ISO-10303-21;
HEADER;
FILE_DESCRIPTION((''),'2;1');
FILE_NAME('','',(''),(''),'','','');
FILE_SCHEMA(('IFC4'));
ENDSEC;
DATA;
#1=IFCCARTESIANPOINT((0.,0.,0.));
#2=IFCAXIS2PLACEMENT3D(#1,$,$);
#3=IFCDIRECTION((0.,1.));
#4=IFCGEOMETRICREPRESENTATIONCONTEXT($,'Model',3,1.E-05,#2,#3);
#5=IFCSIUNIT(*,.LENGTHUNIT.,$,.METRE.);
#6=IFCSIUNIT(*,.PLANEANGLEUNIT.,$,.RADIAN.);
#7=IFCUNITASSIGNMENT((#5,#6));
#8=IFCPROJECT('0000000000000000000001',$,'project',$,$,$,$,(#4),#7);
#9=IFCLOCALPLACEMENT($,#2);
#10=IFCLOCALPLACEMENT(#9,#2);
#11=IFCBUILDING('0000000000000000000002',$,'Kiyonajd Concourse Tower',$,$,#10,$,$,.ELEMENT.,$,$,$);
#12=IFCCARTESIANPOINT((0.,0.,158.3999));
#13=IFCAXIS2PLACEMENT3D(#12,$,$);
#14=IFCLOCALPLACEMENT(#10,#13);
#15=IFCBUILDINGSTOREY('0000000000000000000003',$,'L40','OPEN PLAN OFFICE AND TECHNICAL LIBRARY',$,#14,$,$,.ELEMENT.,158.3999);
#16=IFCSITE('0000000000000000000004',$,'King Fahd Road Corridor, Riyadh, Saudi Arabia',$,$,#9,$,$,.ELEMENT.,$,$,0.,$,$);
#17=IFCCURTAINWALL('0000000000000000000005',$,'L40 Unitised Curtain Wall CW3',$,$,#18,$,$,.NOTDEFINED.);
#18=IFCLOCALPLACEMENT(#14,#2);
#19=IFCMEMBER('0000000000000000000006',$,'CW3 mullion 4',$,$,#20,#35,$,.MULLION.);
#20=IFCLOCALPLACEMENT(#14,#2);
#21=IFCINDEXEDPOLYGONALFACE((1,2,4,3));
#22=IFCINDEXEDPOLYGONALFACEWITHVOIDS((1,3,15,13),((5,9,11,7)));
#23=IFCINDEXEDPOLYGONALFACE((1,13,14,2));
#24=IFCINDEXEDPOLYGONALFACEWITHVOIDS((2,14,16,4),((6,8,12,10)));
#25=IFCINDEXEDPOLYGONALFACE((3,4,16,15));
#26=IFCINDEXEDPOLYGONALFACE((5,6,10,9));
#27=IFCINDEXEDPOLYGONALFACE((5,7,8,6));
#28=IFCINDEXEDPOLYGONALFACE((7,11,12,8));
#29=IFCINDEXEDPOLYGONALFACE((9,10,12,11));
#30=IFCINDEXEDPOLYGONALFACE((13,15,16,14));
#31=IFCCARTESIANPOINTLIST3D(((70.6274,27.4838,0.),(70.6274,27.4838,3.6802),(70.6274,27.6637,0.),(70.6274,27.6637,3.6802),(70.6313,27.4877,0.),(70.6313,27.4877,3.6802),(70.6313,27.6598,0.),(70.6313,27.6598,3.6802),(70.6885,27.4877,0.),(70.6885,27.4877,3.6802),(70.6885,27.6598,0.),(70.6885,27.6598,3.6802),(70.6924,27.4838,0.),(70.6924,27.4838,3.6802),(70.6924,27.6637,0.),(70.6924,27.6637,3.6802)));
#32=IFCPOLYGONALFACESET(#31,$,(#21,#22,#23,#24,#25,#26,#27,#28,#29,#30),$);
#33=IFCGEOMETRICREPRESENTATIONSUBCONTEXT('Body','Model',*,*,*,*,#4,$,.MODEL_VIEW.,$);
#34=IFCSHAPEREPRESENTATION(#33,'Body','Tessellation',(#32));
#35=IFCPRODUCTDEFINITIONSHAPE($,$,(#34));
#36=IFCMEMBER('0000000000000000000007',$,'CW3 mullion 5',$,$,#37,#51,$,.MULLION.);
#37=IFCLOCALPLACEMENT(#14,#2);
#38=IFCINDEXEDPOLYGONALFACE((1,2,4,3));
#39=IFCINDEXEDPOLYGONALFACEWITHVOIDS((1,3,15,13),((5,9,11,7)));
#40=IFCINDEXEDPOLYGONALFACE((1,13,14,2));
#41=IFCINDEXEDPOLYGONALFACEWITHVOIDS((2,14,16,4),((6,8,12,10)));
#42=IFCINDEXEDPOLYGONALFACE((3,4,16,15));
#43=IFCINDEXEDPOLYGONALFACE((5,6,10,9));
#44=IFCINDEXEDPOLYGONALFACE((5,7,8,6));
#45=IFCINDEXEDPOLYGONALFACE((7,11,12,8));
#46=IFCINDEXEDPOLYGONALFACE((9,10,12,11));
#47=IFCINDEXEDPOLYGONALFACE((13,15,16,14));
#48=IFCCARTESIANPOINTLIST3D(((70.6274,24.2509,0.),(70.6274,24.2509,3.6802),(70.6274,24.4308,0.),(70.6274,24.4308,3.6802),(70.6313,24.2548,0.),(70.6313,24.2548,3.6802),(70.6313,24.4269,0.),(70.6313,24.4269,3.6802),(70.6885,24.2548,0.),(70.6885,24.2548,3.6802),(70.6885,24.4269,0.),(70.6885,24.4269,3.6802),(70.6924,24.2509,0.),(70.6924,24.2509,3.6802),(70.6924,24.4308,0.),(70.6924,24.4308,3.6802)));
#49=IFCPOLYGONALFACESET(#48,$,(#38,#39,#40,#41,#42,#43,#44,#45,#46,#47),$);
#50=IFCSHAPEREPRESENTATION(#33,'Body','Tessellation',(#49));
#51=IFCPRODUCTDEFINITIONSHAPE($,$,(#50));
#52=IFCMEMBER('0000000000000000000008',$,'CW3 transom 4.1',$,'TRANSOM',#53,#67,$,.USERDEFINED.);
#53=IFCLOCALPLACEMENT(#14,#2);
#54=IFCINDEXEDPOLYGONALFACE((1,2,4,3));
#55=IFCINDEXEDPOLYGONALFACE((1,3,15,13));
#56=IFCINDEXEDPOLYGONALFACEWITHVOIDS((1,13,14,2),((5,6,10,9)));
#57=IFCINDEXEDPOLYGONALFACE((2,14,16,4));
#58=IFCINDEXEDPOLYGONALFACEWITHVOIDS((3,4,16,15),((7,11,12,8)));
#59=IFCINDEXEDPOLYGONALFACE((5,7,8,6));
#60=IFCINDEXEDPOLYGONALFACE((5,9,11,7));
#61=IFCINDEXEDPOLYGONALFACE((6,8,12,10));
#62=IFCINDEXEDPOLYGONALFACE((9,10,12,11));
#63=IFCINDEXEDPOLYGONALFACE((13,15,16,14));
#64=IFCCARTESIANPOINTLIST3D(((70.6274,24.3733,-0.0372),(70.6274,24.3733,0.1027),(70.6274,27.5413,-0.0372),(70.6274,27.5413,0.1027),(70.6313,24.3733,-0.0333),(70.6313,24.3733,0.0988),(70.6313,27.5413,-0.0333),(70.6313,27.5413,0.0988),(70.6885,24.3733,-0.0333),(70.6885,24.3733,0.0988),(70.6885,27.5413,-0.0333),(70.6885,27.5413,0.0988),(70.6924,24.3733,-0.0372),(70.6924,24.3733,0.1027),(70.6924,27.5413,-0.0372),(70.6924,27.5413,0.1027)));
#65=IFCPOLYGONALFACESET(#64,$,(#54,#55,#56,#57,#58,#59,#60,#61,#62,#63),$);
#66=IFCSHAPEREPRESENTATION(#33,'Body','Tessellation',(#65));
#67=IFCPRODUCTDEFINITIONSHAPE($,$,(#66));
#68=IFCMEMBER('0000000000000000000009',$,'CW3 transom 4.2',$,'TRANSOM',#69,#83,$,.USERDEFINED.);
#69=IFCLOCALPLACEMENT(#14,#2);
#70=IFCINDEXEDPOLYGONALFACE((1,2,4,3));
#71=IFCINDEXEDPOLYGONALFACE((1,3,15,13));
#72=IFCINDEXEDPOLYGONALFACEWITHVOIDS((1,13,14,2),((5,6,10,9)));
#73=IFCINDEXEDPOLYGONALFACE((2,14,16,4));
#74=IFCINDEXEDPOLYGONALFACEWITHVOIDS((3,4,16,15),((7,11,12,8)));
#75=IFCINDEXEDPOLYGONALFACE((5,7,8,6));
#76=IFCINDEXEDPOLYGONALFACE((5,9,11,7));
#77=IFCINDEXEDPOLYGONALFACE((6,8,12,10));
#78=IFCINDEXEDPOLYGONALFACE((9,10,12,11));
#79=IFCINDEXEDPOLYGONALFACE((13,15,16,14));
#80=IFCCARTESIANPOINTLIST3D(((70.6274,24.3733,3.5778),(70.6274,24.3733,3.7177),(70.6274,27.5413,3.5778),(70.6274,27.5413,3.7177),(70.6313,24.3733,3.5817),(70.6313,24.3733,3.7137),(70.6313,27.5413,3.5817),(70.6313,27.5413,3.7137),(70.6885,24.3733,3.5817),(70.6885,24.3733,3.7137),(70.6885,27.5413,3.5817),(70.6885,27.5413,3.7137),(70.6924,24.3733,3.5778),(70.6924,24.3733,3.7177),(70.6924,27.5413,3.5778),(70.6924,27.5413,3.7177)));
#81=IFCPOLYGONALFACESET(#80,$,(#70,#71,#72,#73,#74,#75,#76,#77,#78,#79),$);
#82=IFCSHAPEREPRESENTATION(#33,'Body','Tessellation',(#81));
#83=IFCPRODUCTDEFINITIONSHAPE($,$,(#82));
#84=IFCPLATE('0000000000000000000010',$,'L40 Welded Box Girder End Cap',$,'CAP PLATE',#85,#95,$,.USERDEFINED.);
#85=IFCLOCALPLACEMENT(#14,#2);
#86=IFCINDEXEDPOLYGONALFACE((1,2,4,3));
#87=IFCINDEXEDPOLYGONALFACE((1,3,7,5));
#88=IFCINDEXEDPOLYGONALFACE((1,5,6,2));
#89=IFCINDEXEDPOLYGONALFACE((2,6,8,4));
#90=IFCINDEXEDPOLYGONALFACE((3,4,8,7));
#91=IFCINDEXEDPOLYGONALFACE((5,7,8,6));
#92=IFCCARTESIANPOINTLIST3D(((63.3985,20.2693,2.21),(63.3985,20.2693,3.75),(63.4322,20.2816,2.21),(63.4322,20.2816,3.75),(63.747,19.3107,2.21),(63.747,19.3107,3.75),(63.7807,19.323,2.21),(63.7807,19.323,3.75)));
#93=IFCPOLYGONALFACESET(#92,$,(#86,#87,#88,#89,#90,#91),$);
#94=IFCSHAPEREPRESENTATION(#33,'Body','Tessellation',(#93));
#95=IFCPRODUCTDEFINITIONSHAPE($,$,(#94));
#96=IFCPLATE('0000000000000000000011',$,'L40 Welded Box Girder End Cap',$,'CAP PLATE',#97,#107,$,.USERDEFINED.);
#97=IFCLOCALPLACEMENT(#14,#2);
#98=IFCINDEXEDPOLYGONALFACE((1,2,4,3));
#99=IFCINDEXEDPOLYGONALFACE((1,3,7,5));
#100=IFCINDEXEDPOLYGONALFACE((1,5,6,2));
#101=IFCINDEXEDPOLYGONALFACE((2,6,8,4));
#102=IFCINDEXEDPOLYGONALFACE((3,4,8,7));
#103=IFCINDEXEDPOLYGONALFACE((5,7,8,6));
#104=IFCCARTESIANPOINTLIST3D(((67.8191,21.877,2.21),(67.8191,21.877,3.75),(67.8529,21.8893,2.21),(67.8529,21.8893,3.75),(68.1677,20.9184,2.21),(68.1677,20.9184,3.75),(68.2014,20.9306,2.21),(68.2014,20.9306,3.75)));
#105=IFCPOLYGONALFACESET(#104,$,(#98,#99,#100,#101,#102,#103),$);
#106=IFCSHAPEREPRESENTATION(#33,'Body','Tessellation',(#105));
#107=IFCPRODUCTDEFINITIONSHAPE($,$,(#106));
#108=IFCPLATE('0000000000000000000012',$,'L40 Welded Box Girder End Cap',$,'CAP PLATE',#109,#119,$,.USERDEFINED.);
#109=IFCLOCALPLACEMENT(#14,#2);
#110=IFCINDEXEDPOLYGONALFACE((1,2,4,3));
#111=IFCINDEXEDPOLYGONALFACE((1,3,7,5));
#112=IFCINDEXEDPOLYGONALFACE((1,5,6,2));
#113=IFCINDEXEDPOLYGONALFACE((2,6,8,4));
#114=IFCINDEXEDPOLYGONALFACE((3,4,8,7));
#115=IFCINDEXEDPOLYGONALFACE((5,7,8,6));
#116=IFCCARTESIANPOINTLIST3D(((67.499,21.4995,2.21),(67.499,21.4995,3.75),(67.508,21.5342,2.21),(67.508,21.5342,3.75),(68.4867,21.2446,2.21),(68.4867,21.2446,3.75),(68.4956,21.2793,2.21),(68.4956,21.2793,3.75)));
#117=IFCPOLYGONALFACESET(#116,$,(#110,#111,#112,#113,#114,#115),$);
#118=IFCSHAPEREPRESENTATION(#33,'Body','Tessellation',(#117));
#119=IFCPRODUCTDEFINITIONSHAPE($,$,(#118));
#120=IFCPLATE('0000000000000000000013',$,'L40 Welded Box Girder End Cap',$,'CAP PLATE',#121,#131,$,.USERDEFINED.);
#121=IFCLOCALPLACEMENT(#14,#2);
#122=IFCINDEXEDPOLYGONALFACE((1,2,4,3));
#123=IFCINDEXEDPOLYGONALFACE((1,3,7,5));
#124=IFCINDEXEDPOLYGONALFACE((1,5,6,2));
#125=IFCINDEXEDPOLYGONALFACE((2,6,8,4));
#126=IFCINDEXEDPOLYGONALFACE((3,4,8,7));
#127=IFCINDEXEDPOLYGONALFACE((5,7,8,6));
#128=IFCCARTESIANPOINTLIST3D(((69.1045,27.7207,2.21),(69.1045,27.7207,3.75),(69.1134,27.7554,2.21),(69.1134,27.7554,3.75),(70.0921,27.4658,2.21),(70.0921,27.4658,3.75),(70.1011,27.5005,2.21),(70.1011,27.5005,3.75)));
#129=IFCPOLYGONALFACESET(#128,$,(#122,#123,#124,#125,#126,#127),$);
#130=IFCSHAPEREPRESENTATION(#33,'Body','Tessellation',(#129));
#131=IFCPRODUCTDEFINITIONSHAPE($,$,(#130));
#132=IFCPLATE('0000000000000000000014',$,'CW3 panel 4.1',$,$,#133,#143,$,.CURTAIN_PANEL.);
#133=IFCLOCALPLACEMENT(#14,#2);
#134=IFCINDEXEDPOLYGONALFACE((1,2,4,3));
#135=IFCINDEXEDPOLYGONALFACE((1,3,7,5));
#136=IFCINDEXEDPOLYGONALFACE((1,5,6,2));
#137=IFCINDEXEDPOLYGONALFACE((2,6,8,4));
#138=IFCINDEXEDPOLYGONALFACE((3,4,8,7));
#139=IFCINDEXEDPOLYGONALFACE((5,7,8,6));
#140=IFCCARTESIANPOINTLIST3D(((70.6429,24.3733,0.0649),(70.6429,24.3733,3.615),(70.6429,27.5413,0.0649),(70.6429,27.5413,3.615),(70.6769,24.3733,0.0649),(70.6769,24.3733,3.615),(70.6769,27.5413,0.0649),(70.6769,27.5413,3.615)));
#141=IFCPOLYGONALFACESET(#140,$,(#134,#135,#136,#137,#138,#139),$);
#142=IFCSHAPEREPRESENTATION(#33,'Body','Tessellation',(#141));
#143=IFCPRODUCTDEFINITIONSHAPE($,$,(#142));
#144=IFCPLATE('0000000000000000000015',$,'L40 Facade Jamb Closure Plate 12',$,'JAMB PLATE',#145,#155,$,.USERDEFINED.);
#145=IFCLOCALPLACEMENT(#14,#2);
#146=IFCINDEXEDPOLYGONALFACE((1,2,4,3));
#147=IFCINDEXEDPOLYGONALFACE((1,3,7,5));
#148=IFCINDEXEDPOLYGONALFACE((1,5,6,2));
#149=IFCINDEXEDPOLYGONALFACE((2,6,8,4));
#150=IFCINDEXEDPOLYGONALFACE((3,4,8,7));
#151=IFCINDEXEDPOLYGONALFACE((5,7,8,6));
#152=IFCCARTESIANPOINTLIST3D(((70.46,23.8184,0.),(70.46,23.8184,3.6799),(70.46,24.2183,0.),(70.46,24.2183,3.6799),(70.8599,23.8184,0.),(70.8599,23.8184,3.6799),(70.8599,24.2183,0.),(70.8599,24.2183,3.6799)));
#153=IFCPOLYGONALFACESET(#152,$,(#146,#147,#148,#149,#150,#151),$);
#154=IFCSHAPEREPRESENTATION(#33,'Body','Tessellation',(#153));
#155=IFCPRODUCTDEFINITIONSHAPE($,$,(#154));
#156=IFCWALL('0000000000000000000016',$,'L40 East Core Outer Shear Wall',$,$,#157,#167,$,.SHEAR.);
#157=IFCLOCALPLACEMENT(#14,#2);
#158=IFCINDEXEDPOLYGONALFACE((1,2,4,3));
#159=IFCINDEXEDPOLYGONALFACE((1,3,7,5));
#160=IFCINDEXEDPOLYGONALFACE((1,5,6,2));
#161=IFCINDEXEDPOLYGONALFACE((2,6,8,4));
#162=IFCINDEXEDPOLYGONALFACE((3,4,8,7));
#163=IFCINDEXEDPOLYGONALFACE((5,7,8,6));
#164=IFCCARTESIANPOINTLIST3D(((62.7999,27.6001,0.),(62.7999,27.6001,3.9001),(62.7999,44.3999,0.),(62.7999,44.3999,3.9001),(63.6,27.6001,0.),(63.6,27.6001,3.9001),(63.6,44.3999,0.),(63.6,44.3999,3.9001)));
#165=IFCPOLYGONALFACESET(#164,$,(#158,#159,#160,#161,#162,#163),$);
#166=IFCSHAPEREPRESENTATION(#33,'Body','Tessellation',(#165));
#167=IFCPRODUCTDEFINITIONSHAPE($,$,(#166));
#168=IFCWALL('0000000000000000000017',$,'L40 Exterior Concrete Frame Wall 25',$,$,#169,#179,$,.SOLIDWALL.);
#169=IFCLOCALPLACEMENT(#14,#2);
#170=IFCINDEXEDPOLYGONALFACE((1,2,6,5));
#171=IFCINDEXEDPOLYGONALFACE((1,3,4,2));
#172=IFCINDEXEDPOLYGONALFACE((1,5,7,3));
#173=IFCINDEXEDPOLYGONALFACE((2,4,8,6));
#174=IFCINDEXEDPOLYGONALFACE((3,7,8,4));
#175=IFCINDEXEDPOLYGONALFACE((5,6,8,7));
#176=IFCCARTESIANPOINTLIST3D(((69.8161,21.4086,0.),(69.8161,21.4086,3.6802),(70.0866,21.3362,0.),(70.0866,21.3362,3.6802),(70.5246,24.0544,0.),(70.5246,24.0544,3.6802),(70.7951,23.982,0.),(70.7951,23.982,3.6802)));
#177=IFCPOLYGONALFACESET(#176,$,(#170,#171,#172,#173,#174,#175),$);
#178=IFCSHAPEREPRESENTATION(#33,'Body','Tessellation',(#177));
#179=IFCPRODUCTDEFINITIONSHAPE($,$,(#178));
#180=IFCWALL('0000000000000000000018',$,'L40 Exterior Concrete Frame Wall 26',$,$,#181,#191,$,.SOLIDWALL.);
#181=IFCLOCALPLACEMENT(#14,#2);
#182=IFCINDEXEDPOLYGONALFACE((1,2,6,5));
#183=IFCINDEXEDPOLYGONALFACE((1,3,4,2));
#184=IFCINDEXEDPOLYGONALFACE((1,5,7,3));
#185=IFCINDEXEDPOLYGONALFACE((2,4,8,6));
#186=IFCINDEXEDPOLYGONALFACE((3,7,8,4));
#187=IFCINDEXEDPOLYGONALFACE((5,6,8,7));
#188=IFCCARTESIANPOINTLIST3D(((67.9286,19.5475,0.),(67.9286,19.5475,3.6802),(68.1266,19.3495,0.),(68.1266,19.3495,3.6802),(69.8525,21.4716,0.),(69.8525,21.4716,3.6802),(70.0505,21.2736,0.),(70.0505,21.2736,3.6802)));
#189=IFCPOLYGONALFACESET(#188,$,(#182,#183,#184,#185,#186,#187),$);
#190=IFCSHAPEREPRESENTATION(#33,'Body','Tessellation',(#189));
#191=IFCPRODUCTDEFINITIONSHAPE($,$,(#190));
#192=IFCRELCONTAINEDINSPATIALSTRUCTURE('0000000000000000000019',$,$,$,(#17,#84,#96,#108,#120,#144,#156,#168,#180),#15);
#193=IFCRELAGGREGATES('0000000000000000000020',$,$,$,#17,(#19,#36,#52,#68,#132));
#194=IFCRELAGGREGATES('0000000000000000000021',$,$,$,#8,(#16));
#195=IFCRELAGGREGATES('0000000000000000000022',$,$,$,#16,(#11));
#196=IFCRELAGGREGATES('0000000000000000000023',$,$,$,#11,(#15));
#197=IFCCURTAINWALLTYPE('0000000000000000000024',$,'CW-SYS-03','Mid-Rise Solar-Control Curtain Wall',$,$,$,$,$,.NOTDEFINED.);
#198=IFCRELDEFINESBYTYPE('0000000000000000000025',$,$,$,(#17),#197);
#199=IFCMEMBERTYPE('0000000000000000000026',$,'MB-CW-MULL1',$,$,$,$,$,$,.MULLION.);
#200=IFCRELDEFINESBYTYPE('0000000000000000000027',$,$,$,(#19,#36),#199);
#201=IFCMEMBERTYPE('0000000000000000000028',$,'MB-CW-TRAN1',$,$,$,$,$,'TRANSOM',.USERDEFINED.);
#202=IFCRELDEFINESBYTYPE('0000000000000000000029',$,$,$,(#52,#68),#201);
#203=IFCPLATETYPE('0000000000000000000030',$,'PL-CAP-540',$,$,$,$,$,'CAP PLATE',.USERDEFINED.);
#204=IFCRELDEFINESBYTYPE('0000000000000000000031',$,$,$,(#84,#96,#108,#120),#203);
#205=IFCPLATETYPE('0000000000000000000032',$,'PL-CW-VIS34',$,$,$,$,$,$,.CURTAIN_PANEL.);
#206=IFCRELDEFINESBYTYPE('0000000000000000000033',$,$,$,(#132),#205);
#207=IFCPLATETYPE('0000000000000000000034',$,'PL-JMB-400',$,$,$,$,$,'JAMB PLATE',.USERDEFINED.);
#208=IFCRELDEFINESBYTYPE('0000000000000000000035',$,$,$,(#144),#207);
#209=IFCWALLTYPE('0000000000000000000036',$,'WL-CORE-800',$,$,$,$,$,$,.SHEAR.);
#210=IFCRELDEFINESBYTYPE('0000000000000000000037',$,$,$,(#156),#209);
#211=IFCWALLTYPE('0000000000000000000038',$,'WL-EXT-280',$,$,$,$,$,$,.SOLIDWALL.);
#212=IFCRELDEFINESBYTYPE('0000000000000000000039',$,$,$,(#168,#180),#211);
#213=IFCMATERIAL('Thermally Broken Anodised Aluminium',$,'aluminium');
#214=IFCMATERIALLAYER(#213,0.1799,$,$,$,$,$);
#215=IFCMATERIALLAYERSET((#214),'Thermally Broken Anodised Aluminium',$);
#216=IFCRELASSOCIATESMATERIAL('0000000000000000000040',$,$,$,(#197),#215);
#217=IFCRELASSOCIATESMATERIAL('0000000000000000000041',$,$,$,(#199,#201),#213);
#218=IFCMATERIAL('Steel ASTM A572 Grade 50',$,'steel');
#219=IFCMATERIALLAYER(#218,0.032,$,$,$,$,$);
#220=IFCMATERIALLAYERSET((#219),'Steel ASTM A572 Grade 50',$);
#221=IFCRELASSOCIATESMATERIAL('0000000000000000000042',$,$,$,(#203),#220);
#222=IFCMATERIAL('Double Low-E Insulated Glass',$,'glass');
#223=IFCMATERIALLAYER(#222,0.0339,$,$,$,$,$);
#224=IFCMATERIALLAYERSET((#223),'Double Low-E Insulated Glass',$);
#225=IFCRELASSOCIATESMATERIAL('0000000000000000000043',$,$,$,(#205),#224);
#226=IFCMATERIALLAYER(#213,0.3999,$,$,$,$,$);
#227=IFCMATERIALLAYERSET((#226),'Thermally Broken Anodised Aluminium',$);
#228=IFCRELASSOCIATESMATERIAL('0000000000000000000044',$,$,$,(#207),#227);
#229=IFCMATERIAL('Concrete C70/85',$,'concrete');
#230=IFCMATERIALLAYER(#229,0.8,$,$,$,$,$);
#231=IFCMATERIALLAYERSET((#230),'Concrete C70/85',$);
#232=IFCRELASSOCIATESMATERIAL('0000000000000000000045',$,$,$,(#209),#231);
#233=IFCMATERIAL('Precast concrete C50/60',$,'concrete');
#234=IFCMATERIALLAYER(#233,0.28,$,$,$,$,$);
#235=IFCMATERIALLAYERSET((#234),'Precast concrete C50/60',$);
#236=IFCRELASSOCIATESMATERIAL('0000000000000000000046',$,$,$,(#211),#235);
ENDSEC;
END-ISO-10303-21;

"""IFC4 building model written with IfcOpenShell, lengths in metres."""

from ifc_helpers import new_model, si_unit, direction, frame, frame_2d, origin, origin_2d, place, context, subcontext, project, spatial, rectangle, hollow_rectangle, extrude, material, layer, layer_set, material_profile, profile_set, type_object, element, aggregate, save


model = new_model("IFC4")

# Units and contexts
model_context = context("Model", 3, precision=1e-05, world=origin(), true_north=direction((0.0, 1.0)))
body_context = subcontext(model_context, "Body", "Model", "MODEL_VIEW")
ifc_project = project(units=[si_unit("LENGTHUNIT", "METRE"), si_unit("PLANEANGLEUNIT", "RADIAN")], contexts=[model_context])

# Site, building, storey
site_placement = place(None, origin())
site = spatial("IfcSite", under=ifc_project, at=site_placement, Name="King Fahd Road Corridor, Riyadh, Saudi Arabia", CompositionType="ELEMENT", RefElevation=0.0)
building_placement = place(site_placement, origin())
building = spatial("IfcBuilding", under=site, at=building_placement, Name="Kiyonajd Concourse Tower", CompositionType="ELEMENT")
storey_placement = place(building_placement, frame((0.0, 0.0, 158.3999)))
storey = spatial("IfcBuildingStorey", under=building, at=storey_placement, Name="L40", Description="OPEN PLAN OFFICE AND TECHNICAL LIBRARY", CompositionType="ELEMENT", Elevation=158.3999)

# Shared definitions
ifc_material_1 = material(Name="Concrete C70/85", Category="concrete")

# Shared definitions
ifc_material_2 = material(Name="Steel ASTM A572 Grade 50", Category="steel")

# Curtain wall, members
ifc_material_3 = material(Name="Thermally Broken Anodised Aluminium", Category="aluminium")
ifc_layer_1 = layer(ifc_material_3, 0.1799)
ifc_layer_set_1 = layer_set([ifc_layer_1], Name="Thermally Broken Anodised Aluminium")
curtain_wall_type = type_object("IfcCurtainWallType", Name="CW-SYS-03", Description="Mid-Rise Solar-Control Curtain Wall", PredefinedType="NOTDEFINED", material=ifc_layer_set_1)
curtain_wall_placement = place(storey_placement, origin())
curtain_wall = element("IfcCurtainWall", 1, at=curtain_wall_placement, inside=storey, type_object=curtain_wall_type, Name="L40 Unitised Curtain Wall CW3", PredefinedType="NOTDEFINED")
ifc_material_profile_1 = material_profile(ifc_material_3, hollow_rectangle(XDim=0.0649, YDim=0.1799, WallThickness=0.0039, at=origin_2d()), Name="MULL-65x180")
ifc_profile_set_1 = profile_set([ifc_material_profile_1], Name="Thermally Broken Anodised Aluminium")
member_type_1 = type_object("IfcMemberType", Name="MB-CW-MULL1", PredefinedType="MULLION", material=ifc_profile_set_1)
member_1_placement = place(storey_placement, frame((70.6599, 27.5737, 0.0), z_axis=(0.0, 0.0, 1.0), x_axis=(1.0, 0.0, 0.0)))
member_1 = element("IfcMember", 2, at=member_1_placement, type_object=member_type_1, Name="CW3 mullion 4", PredefinedType="MULLION", context=body_context, shape_type="SweptSolid", body=[
    extrude(hollow_rectangle(XDim=0.0649, YDim=0.1799, WallThickness=0.0039, at=origin_2d()), origin(), (0.0, 0.0, 1.0), 3.6802),
])
member_2_placement = place(storey_placement, frame((70.6599, 24.3408, 0.0), z_axis=(0.0, 0.0, 1.0), x_axis=(1.0, 0.0, 0.0)))
member_2 = element("IfcMember", 3, at=member_2_placement, type_object=member_type_1, Name="CW3 mullion 5", PredefinedType="MULLION", context=body_context, shape_type="SweptSolid", body=[
    extrude(hollow_rectangle(XDim=0.0649, YDim=0.1799, WallThickness=0.0039, at=origin_2d()), origin(), (0.0, 0.0, 1.0), 3.6802),
])
ifc_material_profile_2 = material_profile(ifc_material_3, hollow_rectangle(XDim=0.0649, YDim=0.1399, WallThickness=0.0039, at=origin_2d()), Name="TRAN-65x140")
ifc_profile_set_2 = profile_set([ifc_material_profile_2], Name="Thermally Broken Anodised Aluminium")
member_type_2 = type_object("IfcMemberType", Name="MB-CW-TRAN1", ElementType="TRANSOM", PredefinedType="USERDEFINED", material=ifc_profile_set_2)
member_3_placement = place(storey_placement, frame((70.6599, 27.5413, 0.0327), z_axis=(0.0, -1.0, 0.0), x_axis=(1.0, 0.0, 0.0)))
member_3 = element("IfcMember", 4, at=member_3_placement, type_object=member_type_2, Name="CW3 transom 4.1", ObjectType="TRANSOM", PredefinedType="USERDEFINED", context=body_context, shape_type="SweptSolid", body=[
    extrude(hollow_rectangle(XDim=0.0649, YDim=0.1399, WallThickness=0.0039, at=origin_2d()), origin(), (0.0, 0.0, 1.0), 3.168),
])
member_4_placement = place(storey_placement, frame((70.6599, 27.5413, 3.6477), z_axis=(0.0, -1.0, 0.0), x_axis=(1.0, 0.0, 0.0)))
member_4 = element("IfcMember", 5, at=member_4_placement, type_object=member_type_2, Name="CW3 transom 4.2", ObjectType="TRANSOM", PredefinedType="USERDEFINED", context=body_context, shape_type="SweptSolid", body=[
    extrude(hollow_rectangle(XDim=0.0649, YDim=0.1399, WallThickness=0.0039, at=origin_2d()), origin(), (0.0, 0.0, 1.0), 3.168),
])

# Plates
ifc_layer_2 = layer(ifc_material_2, 0.032)
ifc_layer_set_2 = layer_set([ifc_layer_2], Name="Steel ASTM A572 Grade 50")
plate_type_1 = type_object("IfcPlateType", Name="PL-CAP-540", ElementType="CAP PLATE", PredefinedType="USERDEFINED", material=ifc_layer_set_2)
for number, where, z_axis, x_axis, name in (
    (6, (63.5896, 19.7961, 2.21), (0.0, 0.0, 1.0), (-0.939812, -0.341692, 0.0), "L40 Welded Box Girder End Cap"),
    (7, (68.0103, 21.4038, 2.21), (0.0, 0.0, 1.0), (0.939812, 0.341692, 0.0), "L40 Welded Box Girder End Cap"),
    (8, (67.9973, 21.3894, 2.21), (0.0, 0.0, 1.0), (-0.249873, -0.968279, 0.0), "L40 Welded Box Girder End Cap"),
    (9, (69.6028, 27.6106, 2.21), (0.0, 0.0, 1.0), (0.249873, 0.968279, 0.0), "L40 Welded Box Girder End Cap"),
):
    element("IfcPlate", number, at=place(storey_placement, frame(where, z_axis=z_axis, x_axis=x_axis)), inside=storey, type_object=plate_type_1, Name=name, ObjectType="CAP PLATE", PredefinedType="USERDEFINED", context=body_context, shape_type="SweptSolid", body=[
        extrude(rectangle(XDim=0.0359, YDim=1.02, at=origin_2d()), origin(), (0.0, 0.0, 1.0), 1.54),
    ])

# Plates
ifc_material_4 = material(Name="Double Low-E Insulated Glass", Category="glass")
ifc_layer_3 = layer(ifc_material_4, 0.0339)
ifc_layer_set_3 = layer_set([ifc_layer_3], Name="Double Low-E Insulated Glass")
plate_type_2 = type_object("IfcPlateType", Name="PL-CW-VIS34", PredefinedType="CURTAIN_PANEL", material=ifc_layer_set_3)
plate_1_placement = place(storey_placement, frame((70.6599, 25.9573, 0.0649), z_axis=(0.0, 0.0, 1.0), x_axis=(0.0, -1.0, 0.0)))
plate_1 = element("IfcPlate", 10, at=plate_1_placement, type_object=plate_type_2, Name="CW3 panel 4.1", PredefinedType="CURTAIN_PANEL", context=body_context, shape_type="SweptSolid", body=[
    extrude(rectangle(XDim=3.168, YDim=0.0339, at=origin_2d()), origin(), (0.0, 0.0, 1.0), 3.55),
])
aggregate(curtain_wall, [member_1, member_2, member_3, member_4, plate_1])
ifc_layer_4 = layer(ifc_material_3, 0.3999)
ifc_layer_set_4 = layer_set([ifc_layer_4], Name="Thermally Broken Anodised Aluminium")
plate_type_3 = type_object("IfcPlateType", Name="PL-JMB-400", ElementType="JAMB PLATE", PredefinedType="USERDEFINED", material=ifc_layer_set_4)
plate_2_placement = place(storey_placement, frame((70.6599, 24.0183, 0.0), z_axis=(0.0, 0.0, 1.0), x_axis=(1.0, 0.0, 0.0)))
element("IfcPlate", 11, at=plate_2_placement, inside=storey, type_object=plate_type_3, Name="L40 Facade Jamb Closure Plate 12", ObjectType="JAMB PLATE", PredefinedType="USERDEFINED", context=body_context, shape_type="SweptSolid", body=[
    extrude(rectangle(XDim=0.3999, YDim=0.3999, at=origin_2d()), origin(), (0.0, 0.0, 1.0), 3.6799),
])

# Walls
ifc_layer_5 = layer(ifc_material_1, 0.8)
ifc_layer_set_5 = layer_set([ifc_layer_5], Name="Concrete C70/85")
wall_type_1 = type_object("IfcWallType", Name="WL-CORE-800", PredefinedType="SHEAR", material=ifc_layer_set_5)
wall_1_placement = place(storey_placement, frame((63.2, 27.6001, 0.0), z_axis=(0.0, 0.0, 1.0), x_axis=(0.0, 1.0, 0.0)))
element("IfcWall", 12, at=wall_1_placement, inside=storey, type_object=wall_type_1, Name="L40 East Core Outer Shear Wall", PredefinedType="SHEAR", context=body_context, shape_type="SweptSolid", body=[
    extrude(rectangle(XDim=16.7998, YDim=0.8, at=frame_2d((8.3999, 0.0))), origin(), (0.0, 0.0, 1.0), 3.9001),
])
ifc_material_5 = material(Name="Precast concrete C50/60", Category="concrete")
ifc_layer_6 = layer(ifc_material_5, 0.28)
ifc_layer_set_6 = layer_set([ifc_layer_6], Name="Precast concrete C50/60")
wall_type_2 = type_object("IfcWallType", Name="WL-EXT-280", PredefinedType="SOLIDWALL", material=ifc_layer_set_6)
wall_2_placement = place(storey_placement, frame((70.6599, 24.0183, 0.0), z_axis=(0.0, 0.0, 1.0), x_axis=(-0.258672, -0.965965, 0.0)))
element("IfcWall", 13, at=wall_2_placement, inside=storey, type_object=wall_type_2, Name="L40 Exterior Concrete Frame Wall 25", PredefinedType="SOLIDWALL", context=body_context, shape_type="SweptSolid", body=[
    extrude(rectangle(XDim=2.739, YDim=0.28, at=frame_2d((1.3696, 0.0))), origin(), (0.0, 0.0, 1.0), 3.6802),
])
wall_3_placement = place(storey_placement, frame((69.9514, 21.3726, 0.0), z_axis=(0.0, 0.0, 1.0), x_axis=(-0.707062, -0.707152, 0.0)))
element("IfcWall", 14, at=wall_3_placement, inside=storey, type_object=wall_type_2, Name="L40 Exterior Concrete Frame Wall 26", PredefinedType="SOLIDWALL", context=body_context, shape_type="SweptSolid", body=[
    extrude(rectangle(XDim=2.7209, YDim=0.28, at=frame_2d((1.3604, 0.0))), origin(), (0.0, 0.0, 1.0), 3.6802),
])

save(model, "model.ifc")
